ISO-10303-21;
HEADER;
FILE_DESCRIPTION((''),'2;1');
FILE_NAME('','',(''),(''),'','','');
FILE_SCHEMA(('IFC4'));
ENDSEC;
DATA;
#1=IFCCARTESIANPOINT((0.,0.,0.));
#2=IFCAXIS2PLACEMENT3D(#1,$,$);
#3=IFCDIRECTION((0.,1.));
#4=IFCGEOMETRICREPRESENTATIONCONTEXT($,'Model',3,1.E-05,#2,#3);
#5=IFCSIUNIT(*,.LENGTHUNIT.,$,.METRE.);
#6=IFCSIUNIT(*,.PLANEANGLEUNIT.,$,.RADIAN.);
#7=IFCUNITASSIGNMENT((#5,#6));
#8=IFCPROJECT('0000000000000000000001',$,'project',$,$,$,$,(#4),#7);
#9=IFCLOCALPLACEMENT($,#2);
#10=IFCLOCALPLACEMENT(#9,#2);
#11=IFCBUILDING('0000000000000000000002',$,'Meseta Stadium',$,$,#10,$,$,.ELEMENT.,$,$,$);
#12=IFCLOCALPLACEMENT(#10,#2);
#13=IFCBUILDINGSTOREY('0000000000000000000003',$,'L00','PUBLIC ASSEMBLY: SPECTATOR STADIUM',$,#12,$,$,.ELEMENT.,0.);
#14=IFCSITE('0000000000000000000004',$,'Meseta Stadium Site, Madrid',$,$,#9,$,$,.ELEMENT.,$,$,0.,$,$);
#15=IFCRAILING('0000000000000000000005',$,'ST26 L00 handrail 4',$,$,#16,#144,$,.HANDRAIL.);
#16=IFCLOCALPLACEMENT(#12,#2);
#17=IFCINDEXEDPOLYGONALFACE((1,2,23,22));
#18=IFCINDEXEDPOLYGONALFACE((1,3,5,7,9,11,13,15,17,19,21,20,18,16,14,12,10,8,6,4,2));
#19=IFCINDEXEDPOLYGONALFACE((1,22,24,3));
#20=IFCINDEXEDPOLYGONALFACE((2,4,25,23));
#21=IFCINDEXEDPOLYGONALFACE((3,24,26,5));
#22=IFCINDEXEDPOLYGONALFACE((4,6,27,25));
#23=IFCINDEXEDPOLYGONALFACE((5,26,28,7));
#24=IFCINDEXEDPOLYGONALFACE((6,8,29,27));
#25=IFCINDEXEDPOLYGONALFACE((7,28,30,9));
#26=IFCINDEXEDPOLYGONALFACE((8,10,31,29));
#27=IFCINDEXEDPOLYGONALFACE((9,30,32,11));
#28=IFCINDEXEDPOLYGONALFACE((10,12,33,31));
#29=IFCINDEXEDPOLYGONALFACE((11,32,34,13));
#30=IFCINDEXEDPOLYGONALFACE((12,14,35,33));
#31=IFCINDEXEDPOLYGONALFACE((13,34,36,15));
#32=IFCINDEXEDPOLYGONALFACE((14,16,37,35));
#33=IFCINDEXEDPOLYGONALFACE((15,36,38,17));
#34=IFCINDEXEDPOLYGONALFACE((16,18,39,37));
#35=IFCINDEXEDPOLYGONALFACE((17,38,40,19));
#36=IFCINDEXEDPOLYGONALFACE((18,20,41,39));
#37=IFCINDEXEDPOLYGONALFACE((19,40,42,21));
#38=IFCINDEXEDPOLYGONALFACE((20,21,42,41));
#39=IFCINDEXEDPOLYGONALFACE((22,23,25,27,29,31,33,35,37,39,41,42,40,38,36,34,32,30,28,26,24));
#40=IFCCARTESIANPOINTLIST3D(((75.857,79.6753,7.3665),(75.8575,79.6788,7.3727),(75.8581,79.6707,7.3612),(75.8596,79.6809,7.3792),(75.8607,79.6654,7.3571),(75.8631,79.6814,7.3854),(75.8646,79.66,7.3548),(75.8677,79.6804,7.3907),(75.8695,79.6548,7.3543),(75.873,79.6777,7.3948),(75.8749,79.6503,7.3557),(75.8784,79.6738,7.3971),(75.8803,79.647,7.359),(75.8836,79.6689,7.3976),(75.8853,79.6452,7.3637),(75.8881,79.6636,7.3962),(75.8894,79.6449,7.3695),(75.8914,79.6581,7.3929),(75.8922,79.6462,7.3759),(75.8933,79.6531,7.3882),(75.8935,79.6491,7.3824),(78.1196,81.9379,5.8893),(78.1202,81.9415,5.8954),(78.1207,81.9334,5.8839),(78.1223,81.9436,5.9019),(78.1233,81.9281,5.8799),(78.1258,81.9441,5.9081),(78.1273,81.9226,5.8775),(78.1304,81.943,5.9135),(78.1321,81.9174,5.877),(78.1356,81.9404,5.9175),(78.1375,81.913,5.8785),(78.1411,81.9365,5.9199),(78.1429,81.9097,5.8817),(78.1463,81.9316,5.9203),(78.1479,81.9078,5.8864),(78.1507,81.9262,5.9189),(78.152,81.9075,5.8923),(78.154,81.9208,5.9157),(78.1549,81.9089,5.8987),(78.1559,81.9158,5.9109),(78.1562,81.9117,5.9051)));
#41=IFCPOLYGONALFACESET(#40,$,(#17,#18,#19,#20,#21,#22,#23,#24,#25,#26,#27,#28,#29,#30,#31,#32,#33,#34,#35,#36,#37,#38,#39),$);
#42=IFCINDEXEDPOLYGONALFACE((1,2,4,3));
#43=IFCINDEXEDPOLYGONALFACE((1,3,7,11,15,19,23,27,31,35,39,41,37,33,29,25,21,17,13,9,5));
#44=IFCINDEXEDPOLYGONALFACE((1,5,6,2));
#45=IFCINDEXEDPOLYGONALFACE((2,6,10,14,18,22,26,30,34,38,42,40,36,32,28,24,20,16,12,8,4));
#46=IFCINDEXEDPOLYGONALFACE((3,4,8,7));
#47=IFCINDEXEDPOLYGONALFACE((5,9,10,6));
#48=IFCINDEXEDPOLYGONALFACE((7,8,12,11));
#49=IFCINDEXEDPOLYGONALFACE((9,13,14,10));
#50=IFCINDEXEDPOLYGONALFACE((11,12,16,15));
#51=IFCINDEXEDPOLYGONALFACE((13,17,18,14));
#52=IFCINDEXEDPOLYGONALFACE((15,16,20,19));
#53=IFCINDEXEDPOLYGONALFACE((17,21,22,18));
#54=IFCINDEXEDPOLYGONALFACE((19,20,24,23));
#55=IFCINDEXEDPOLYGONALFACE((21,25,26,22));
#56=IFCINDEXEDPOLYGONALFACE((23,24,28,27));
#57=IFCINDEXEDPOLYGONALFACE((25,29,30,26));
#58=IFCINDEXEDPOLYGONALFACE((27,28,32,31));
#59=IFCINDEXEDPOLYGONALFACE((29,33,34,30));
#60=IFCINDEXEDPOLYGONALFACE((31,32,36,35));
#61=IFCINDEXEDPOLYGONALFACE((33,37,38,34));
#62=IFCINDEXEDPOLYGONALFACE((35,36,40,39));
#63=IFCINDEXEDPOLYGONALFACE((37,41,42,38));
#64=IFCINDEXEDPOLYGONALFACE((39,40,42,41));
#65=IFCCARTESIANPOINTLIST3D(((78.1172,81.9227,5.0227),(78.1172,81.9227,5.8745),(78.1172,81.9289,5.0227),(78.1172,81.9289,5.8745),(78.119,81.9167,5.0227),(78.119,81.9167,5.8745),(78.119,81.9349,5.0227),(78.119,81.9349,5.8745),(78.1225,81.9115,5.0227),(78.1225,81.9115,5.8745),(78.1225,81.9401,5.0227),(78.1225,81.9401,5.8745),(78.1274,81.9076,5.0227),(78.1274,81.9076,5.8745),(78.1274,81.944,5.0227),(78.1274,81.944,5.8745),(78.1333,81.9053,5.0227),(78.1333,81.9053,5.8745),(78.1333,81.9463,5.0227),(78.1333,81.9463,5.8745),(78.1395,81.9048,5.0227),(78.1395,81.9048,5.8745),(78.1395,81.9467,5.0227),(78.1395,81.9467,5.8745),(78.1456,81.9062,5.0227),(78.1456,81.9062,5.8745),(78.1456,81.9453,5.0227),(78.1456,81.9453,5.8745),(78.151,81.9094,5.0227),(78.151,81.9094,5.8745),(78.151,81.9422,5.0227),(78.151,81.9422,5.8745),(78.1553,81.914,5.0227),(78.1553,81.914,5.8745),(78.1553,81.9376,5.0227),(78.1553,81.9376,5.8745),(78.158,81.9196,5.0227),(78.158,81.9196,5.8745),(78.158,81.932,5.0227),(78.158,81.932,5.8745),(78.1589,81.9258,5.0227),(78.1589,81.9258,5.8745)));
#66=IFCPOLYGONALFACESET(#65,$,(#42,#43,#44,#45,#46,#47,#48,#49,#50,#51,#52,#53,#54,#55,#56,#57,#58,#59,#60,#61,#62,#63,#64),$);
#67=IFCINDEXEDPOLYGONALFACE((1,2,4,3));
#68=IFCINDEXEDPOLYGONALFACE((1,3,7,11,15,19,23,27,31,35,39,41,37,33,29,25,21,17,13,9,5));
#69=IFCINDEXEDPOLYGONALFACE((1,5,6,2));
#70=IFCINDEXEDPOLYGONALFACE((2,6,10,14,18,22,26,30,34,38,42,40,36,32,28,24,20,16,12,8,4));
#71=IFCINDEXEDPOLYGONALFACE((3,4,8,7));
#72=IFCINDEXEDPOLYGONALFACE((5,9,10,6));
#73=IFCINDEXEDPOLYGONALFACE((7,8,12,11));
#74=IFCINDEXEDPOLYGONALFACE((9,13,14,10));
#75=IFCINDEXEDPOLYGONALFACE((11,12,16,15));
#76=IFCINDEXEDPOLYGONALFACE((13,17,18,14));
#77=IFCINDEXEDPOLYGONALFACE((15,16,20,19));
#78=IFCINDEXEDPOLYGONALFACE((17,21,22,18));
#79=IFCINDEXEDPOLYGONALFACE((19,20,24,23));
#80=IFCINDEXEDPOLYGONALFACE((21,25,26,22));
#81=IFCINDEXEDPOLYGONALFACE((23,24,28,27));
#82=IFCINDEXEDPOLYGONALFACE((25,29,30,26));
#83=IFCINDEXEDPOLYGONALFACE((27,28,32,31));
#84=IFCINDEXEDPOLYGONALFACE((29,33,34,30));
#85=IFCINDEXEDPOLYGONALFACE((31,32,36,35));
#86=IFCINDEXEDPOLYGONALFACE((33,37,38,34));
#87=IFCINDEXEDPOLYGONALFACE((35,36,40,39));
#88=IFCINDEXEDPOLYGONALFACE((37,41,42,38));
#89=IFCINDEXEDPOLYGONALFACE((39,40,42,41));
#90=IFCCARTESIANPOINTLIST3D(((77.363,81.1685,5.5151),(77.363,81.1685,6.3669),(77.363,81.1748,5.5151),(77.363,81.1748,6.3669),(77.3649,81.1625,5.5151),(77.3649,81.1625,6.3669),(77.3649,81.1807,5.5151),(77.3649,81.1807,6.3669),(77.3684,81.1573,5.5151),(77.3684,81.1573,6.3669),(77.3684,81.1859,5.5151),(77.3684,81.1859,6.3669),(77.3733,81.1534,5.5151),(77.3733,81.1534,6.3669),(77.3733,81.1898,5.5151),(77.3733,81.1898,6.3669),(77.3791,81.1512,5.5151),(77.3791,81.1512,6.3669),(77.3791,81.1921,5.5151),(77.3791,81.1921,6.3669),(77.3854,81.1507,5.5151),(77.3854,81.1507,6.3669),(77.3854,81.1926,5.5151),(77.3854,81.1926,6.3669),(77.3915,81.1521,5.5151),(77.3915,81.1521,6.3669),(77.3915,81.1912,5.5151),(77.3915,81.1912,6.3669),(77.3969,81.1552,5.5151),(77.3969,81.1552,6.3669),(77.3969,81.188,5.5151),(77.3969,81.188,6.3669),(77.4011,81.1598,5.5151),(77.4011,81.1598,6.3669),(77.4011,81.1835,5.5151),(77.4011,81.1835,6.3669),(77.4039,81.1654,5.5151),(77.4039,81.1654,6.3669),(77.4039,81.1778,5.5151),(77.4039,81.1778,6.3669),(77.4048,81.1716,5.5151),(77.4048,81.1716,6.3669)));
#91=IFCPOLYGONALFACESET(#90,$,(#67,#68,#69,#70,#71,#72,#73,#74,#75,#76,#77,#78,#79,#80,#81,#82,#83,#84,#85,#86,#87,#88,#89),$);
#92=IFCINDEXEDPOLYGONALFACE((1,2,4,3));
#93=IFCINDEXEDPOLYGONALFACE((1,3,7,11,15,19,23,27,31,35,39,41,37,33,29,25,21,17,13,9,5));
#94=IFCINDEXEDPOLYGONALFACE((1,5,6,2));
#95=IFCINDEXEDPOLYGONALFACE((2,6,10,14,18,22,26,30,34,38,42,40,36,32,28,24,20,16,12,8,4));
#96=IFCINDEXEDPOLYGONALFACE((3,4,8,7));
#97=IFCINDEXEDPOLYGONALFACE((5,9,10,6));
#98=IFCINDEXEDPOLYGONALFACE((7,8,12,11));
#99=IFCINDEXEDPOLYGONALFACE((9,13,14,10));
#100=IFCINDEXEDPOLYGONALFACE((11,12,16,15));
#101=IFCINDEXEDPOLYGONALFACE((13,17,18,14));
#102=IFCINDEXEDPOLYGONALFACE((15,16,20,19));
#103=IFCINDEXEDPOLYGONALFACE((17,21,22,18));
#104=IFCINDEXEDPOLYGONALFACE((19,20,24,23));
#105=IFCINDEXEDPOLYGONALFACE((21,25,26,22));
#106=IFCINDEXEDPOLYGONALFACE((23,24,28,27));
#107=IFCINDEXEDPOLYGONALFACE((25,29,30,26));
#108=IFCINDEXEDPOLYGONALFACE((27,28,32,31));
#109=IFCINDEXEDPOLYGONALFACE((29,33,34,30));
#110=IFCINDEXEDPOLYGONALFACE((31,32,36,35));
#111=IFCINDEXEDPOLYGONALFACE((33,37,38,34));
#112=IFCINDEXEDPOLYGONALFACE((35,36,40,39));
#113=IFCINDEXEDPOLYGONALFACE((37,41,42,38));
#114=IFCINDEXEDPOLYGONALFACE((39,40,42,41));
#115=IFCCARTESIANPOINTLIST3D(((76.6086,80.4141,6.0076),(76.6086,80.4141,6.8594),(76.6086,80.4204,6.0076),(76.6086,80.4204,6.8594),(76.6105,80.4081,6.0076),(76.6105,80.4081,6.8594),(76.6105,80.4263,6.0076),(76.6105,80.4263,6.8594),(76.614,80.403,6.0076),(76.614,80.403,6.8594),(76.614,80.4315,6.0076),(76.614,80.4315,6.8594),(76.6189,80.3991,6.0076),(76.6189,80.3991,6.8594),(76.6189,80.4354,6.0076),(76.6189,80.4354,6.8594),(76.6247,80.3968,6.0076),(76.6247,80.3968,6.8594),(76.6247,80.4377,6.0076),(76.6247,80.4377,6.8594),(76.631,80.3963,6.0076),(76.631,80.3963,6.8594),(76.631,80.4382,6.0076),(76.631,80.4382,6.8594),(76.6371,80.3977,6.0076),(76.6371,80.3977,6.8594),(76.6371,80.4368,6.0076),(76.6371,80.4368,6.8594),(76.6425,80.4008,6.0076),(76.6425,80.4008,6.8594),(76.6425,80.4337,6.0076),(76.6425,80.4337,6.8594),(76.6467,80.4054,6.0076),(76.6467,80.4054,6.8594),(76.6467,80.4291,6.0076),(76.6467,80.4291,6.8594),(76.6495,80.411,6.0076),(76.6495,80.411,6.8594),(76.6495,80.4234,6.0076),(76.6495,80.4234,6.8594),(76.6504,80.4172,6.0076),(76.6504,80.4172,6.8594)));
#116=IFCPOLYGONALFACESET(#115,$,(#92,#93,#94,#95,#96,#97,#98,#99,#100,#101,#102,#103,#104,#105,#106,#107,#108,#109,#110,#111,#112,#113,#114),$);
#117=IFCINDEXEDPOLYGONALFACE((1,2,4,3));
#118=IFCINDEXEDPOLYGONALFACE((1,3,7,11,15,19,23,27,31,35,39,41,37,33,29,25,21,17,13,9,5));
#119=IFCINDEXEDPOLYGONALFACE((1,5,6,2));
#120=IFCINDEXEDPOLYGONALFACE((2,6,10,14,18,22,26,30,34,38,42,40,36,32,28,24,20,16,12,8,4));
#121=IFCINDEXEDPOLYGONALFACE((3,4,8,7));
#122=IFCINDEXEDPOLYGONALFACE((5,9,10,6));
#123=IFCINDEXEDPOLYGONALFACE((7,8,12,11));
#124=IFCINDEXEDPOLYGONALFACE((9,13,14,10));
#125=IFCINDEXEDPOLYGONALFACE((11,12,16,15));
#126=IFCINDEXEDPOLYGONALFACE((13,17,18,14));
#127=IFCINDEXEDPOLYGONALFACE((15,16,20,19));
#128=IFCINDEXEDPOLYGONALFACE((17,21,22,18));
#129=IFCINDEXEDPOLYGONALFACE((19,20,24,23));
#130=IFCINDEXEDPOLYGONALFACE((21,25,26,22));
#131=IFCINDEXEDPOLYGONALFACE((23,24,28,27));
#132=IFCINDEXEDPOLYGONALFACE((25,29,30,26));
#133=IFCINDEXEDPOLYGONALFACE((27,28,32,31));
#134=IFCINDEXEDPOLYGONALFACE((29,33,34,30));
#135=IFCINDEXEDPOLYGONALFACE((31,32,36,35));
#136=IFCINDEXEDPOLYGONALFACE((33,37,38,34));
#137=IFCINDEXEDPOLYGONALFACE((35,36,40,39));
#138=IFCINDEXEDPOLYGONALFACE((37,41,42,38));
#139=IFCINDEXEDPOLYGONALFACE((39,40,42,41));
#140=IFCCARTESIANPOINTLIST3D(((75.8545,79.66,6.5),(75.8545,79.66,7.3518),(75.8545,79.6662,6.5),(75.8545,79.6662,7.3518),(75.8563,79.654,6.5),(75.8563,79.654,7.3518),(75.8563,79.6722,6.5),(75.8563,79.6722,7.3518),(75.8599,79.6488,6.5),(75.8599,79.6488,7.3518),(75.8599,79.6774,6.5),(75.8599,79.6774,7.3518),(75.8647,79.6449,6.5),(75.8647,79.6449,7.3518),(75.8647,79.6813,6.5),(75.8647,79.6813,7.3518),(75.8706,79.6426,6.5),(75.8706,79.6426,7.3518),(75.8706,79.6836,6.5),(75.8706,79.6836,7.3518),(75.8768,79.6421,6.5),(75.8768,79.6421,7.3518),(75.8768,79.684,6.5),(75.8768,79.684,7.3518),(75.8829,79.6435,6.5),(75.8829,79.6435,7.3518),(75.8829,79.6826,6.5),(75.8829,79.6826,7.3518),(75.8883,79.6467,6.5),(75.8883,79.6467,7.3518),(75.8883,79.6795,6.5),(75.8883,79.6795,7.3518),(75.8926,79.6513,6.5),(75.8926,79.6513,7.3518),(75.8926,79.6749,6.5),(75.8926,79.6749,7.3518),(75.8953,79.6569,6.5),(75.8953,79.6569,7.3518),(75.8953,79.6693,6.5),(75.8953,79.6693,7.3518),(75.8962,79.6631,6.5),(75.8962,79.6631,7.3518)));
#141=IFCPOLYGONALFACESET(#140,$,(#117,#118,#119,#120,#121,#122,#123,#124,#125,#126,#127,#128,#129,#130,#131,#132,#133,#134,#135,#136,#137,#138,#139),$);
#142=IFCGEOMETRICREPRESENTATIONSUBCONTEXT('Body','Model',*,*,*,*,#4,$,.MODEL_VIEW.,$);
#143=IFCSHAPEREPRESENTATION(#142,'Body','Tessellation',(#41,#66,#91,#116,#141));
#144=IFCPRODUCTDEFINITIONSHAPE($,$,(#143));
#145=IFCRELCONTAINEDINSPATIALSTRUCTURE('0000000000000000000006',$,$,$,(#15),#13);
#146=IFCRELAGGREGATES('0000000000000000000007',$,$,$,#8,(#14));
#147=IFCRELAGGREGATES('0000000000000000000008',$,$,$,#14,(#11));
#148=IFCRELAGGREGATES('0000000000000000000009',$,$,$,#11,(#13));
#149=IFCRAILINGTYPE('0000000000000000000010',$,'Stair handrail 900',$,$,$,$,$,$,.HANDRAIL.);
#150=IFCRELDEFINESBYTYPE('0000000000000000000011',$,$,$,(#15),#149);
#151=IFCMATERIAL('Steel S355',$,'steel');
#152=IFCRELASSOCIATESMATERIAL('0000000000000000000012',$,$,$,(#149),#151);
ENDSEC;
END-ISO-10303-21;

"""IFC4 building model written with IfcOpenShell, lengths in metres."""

from ifc_helpers import new_model, si_unit, direction, frame, origin, origin_2d, place, context, subcontext, project, spatial, circle, extrude, material, type_object, element, save


model = new_model("IFC4")

# Units and contexts
model_context = context("Model", 3, precision=1e-05, world=origin(), true_north=direction((0.0, 1.0)))
body_context = subcontext(model_context, "Body", "Model", "MODEL_VIEW")
ifc_project = project(units=[si_unit("LENGTHUNIT", "METRE"), si_unit("PLANEANGLEUNIT", "RADIAN")], contexts=[model_context])

# Site, building, storey
site_placement = place(None, origin())
site = spatial("IfcSite", under=ifc_project, at=site_placement, Name="Meseta Stadium Site, Madrid", CompositionType="ELEMENT", RefElevation=0.0)
building_placement = place(site_placement, origin())
building = spatial("IfcBuilding", under=site, at=building_placement, Name="Meseta Stadium", CompositionType="ELEMENT")
storey_placement = place(building_placement, origin())
storey = spatial("IfcBuildingStorey", under=building, at=storey_placement, Name="L00", Description="PUBLIC ASSEMBLY: SPECTATOR STADIUM", CompositionType="ELEMENT", Elevation=0.0)

# Railing
ifc_material_1 = material(Name="Steel S355", Category="steel")
railing_type_1 = type_object("IfcRailingType", Name="Stair handrail 900", PredefinedType="HANDRAIL", material=ifc_material_1)
for number, where, name in (
    (1, (78.1379, 81.9258, 5.0227), "ST26 L00 handrail 4"),
):
    element("IfcRailing", number, at=place(storey_placement, frame(where)), inside=storey, type_object=railing_type_1, Name=name, PredefinedType="HANDRAIL", context=body_context, shape_type="SweptSolid", body=[
        extrude(circle(Radius=0.0239, at=origin_2d()), frame((0.0, 0.0, 0.876), z_axis=(-0.641994, -0.641994, 0.419152), x_axis=(0.707107, -0.707107, 0.0)), (0.0, 0.0, 1.0), 3.5244),
        extrude(circle(Radius=0.021, at=origin_2d()), origin(), (0.0, 0.0, 1.0), 0.8518),
        extrude(circle(Radius=0.021, at=origin_2d()), frame((-0.7542, -0.7542, 0.4924)), (0.0, 0.0, 1.0), 0.8518),
        extrude(circle(Radius=0.021, at=origin_2d()), frame((-1.5085, -1.5085, 0.9849)), (0.0, 0.0, 1.0), 0.8518),
        extrude(circle(Radius=0.021, at=origin_2d()), frame((-2.2627, -2.2627, 1.4773)), (0.0, 0.0, 1.0), 0.8518),
    ])

save(model, "model.ifc")
